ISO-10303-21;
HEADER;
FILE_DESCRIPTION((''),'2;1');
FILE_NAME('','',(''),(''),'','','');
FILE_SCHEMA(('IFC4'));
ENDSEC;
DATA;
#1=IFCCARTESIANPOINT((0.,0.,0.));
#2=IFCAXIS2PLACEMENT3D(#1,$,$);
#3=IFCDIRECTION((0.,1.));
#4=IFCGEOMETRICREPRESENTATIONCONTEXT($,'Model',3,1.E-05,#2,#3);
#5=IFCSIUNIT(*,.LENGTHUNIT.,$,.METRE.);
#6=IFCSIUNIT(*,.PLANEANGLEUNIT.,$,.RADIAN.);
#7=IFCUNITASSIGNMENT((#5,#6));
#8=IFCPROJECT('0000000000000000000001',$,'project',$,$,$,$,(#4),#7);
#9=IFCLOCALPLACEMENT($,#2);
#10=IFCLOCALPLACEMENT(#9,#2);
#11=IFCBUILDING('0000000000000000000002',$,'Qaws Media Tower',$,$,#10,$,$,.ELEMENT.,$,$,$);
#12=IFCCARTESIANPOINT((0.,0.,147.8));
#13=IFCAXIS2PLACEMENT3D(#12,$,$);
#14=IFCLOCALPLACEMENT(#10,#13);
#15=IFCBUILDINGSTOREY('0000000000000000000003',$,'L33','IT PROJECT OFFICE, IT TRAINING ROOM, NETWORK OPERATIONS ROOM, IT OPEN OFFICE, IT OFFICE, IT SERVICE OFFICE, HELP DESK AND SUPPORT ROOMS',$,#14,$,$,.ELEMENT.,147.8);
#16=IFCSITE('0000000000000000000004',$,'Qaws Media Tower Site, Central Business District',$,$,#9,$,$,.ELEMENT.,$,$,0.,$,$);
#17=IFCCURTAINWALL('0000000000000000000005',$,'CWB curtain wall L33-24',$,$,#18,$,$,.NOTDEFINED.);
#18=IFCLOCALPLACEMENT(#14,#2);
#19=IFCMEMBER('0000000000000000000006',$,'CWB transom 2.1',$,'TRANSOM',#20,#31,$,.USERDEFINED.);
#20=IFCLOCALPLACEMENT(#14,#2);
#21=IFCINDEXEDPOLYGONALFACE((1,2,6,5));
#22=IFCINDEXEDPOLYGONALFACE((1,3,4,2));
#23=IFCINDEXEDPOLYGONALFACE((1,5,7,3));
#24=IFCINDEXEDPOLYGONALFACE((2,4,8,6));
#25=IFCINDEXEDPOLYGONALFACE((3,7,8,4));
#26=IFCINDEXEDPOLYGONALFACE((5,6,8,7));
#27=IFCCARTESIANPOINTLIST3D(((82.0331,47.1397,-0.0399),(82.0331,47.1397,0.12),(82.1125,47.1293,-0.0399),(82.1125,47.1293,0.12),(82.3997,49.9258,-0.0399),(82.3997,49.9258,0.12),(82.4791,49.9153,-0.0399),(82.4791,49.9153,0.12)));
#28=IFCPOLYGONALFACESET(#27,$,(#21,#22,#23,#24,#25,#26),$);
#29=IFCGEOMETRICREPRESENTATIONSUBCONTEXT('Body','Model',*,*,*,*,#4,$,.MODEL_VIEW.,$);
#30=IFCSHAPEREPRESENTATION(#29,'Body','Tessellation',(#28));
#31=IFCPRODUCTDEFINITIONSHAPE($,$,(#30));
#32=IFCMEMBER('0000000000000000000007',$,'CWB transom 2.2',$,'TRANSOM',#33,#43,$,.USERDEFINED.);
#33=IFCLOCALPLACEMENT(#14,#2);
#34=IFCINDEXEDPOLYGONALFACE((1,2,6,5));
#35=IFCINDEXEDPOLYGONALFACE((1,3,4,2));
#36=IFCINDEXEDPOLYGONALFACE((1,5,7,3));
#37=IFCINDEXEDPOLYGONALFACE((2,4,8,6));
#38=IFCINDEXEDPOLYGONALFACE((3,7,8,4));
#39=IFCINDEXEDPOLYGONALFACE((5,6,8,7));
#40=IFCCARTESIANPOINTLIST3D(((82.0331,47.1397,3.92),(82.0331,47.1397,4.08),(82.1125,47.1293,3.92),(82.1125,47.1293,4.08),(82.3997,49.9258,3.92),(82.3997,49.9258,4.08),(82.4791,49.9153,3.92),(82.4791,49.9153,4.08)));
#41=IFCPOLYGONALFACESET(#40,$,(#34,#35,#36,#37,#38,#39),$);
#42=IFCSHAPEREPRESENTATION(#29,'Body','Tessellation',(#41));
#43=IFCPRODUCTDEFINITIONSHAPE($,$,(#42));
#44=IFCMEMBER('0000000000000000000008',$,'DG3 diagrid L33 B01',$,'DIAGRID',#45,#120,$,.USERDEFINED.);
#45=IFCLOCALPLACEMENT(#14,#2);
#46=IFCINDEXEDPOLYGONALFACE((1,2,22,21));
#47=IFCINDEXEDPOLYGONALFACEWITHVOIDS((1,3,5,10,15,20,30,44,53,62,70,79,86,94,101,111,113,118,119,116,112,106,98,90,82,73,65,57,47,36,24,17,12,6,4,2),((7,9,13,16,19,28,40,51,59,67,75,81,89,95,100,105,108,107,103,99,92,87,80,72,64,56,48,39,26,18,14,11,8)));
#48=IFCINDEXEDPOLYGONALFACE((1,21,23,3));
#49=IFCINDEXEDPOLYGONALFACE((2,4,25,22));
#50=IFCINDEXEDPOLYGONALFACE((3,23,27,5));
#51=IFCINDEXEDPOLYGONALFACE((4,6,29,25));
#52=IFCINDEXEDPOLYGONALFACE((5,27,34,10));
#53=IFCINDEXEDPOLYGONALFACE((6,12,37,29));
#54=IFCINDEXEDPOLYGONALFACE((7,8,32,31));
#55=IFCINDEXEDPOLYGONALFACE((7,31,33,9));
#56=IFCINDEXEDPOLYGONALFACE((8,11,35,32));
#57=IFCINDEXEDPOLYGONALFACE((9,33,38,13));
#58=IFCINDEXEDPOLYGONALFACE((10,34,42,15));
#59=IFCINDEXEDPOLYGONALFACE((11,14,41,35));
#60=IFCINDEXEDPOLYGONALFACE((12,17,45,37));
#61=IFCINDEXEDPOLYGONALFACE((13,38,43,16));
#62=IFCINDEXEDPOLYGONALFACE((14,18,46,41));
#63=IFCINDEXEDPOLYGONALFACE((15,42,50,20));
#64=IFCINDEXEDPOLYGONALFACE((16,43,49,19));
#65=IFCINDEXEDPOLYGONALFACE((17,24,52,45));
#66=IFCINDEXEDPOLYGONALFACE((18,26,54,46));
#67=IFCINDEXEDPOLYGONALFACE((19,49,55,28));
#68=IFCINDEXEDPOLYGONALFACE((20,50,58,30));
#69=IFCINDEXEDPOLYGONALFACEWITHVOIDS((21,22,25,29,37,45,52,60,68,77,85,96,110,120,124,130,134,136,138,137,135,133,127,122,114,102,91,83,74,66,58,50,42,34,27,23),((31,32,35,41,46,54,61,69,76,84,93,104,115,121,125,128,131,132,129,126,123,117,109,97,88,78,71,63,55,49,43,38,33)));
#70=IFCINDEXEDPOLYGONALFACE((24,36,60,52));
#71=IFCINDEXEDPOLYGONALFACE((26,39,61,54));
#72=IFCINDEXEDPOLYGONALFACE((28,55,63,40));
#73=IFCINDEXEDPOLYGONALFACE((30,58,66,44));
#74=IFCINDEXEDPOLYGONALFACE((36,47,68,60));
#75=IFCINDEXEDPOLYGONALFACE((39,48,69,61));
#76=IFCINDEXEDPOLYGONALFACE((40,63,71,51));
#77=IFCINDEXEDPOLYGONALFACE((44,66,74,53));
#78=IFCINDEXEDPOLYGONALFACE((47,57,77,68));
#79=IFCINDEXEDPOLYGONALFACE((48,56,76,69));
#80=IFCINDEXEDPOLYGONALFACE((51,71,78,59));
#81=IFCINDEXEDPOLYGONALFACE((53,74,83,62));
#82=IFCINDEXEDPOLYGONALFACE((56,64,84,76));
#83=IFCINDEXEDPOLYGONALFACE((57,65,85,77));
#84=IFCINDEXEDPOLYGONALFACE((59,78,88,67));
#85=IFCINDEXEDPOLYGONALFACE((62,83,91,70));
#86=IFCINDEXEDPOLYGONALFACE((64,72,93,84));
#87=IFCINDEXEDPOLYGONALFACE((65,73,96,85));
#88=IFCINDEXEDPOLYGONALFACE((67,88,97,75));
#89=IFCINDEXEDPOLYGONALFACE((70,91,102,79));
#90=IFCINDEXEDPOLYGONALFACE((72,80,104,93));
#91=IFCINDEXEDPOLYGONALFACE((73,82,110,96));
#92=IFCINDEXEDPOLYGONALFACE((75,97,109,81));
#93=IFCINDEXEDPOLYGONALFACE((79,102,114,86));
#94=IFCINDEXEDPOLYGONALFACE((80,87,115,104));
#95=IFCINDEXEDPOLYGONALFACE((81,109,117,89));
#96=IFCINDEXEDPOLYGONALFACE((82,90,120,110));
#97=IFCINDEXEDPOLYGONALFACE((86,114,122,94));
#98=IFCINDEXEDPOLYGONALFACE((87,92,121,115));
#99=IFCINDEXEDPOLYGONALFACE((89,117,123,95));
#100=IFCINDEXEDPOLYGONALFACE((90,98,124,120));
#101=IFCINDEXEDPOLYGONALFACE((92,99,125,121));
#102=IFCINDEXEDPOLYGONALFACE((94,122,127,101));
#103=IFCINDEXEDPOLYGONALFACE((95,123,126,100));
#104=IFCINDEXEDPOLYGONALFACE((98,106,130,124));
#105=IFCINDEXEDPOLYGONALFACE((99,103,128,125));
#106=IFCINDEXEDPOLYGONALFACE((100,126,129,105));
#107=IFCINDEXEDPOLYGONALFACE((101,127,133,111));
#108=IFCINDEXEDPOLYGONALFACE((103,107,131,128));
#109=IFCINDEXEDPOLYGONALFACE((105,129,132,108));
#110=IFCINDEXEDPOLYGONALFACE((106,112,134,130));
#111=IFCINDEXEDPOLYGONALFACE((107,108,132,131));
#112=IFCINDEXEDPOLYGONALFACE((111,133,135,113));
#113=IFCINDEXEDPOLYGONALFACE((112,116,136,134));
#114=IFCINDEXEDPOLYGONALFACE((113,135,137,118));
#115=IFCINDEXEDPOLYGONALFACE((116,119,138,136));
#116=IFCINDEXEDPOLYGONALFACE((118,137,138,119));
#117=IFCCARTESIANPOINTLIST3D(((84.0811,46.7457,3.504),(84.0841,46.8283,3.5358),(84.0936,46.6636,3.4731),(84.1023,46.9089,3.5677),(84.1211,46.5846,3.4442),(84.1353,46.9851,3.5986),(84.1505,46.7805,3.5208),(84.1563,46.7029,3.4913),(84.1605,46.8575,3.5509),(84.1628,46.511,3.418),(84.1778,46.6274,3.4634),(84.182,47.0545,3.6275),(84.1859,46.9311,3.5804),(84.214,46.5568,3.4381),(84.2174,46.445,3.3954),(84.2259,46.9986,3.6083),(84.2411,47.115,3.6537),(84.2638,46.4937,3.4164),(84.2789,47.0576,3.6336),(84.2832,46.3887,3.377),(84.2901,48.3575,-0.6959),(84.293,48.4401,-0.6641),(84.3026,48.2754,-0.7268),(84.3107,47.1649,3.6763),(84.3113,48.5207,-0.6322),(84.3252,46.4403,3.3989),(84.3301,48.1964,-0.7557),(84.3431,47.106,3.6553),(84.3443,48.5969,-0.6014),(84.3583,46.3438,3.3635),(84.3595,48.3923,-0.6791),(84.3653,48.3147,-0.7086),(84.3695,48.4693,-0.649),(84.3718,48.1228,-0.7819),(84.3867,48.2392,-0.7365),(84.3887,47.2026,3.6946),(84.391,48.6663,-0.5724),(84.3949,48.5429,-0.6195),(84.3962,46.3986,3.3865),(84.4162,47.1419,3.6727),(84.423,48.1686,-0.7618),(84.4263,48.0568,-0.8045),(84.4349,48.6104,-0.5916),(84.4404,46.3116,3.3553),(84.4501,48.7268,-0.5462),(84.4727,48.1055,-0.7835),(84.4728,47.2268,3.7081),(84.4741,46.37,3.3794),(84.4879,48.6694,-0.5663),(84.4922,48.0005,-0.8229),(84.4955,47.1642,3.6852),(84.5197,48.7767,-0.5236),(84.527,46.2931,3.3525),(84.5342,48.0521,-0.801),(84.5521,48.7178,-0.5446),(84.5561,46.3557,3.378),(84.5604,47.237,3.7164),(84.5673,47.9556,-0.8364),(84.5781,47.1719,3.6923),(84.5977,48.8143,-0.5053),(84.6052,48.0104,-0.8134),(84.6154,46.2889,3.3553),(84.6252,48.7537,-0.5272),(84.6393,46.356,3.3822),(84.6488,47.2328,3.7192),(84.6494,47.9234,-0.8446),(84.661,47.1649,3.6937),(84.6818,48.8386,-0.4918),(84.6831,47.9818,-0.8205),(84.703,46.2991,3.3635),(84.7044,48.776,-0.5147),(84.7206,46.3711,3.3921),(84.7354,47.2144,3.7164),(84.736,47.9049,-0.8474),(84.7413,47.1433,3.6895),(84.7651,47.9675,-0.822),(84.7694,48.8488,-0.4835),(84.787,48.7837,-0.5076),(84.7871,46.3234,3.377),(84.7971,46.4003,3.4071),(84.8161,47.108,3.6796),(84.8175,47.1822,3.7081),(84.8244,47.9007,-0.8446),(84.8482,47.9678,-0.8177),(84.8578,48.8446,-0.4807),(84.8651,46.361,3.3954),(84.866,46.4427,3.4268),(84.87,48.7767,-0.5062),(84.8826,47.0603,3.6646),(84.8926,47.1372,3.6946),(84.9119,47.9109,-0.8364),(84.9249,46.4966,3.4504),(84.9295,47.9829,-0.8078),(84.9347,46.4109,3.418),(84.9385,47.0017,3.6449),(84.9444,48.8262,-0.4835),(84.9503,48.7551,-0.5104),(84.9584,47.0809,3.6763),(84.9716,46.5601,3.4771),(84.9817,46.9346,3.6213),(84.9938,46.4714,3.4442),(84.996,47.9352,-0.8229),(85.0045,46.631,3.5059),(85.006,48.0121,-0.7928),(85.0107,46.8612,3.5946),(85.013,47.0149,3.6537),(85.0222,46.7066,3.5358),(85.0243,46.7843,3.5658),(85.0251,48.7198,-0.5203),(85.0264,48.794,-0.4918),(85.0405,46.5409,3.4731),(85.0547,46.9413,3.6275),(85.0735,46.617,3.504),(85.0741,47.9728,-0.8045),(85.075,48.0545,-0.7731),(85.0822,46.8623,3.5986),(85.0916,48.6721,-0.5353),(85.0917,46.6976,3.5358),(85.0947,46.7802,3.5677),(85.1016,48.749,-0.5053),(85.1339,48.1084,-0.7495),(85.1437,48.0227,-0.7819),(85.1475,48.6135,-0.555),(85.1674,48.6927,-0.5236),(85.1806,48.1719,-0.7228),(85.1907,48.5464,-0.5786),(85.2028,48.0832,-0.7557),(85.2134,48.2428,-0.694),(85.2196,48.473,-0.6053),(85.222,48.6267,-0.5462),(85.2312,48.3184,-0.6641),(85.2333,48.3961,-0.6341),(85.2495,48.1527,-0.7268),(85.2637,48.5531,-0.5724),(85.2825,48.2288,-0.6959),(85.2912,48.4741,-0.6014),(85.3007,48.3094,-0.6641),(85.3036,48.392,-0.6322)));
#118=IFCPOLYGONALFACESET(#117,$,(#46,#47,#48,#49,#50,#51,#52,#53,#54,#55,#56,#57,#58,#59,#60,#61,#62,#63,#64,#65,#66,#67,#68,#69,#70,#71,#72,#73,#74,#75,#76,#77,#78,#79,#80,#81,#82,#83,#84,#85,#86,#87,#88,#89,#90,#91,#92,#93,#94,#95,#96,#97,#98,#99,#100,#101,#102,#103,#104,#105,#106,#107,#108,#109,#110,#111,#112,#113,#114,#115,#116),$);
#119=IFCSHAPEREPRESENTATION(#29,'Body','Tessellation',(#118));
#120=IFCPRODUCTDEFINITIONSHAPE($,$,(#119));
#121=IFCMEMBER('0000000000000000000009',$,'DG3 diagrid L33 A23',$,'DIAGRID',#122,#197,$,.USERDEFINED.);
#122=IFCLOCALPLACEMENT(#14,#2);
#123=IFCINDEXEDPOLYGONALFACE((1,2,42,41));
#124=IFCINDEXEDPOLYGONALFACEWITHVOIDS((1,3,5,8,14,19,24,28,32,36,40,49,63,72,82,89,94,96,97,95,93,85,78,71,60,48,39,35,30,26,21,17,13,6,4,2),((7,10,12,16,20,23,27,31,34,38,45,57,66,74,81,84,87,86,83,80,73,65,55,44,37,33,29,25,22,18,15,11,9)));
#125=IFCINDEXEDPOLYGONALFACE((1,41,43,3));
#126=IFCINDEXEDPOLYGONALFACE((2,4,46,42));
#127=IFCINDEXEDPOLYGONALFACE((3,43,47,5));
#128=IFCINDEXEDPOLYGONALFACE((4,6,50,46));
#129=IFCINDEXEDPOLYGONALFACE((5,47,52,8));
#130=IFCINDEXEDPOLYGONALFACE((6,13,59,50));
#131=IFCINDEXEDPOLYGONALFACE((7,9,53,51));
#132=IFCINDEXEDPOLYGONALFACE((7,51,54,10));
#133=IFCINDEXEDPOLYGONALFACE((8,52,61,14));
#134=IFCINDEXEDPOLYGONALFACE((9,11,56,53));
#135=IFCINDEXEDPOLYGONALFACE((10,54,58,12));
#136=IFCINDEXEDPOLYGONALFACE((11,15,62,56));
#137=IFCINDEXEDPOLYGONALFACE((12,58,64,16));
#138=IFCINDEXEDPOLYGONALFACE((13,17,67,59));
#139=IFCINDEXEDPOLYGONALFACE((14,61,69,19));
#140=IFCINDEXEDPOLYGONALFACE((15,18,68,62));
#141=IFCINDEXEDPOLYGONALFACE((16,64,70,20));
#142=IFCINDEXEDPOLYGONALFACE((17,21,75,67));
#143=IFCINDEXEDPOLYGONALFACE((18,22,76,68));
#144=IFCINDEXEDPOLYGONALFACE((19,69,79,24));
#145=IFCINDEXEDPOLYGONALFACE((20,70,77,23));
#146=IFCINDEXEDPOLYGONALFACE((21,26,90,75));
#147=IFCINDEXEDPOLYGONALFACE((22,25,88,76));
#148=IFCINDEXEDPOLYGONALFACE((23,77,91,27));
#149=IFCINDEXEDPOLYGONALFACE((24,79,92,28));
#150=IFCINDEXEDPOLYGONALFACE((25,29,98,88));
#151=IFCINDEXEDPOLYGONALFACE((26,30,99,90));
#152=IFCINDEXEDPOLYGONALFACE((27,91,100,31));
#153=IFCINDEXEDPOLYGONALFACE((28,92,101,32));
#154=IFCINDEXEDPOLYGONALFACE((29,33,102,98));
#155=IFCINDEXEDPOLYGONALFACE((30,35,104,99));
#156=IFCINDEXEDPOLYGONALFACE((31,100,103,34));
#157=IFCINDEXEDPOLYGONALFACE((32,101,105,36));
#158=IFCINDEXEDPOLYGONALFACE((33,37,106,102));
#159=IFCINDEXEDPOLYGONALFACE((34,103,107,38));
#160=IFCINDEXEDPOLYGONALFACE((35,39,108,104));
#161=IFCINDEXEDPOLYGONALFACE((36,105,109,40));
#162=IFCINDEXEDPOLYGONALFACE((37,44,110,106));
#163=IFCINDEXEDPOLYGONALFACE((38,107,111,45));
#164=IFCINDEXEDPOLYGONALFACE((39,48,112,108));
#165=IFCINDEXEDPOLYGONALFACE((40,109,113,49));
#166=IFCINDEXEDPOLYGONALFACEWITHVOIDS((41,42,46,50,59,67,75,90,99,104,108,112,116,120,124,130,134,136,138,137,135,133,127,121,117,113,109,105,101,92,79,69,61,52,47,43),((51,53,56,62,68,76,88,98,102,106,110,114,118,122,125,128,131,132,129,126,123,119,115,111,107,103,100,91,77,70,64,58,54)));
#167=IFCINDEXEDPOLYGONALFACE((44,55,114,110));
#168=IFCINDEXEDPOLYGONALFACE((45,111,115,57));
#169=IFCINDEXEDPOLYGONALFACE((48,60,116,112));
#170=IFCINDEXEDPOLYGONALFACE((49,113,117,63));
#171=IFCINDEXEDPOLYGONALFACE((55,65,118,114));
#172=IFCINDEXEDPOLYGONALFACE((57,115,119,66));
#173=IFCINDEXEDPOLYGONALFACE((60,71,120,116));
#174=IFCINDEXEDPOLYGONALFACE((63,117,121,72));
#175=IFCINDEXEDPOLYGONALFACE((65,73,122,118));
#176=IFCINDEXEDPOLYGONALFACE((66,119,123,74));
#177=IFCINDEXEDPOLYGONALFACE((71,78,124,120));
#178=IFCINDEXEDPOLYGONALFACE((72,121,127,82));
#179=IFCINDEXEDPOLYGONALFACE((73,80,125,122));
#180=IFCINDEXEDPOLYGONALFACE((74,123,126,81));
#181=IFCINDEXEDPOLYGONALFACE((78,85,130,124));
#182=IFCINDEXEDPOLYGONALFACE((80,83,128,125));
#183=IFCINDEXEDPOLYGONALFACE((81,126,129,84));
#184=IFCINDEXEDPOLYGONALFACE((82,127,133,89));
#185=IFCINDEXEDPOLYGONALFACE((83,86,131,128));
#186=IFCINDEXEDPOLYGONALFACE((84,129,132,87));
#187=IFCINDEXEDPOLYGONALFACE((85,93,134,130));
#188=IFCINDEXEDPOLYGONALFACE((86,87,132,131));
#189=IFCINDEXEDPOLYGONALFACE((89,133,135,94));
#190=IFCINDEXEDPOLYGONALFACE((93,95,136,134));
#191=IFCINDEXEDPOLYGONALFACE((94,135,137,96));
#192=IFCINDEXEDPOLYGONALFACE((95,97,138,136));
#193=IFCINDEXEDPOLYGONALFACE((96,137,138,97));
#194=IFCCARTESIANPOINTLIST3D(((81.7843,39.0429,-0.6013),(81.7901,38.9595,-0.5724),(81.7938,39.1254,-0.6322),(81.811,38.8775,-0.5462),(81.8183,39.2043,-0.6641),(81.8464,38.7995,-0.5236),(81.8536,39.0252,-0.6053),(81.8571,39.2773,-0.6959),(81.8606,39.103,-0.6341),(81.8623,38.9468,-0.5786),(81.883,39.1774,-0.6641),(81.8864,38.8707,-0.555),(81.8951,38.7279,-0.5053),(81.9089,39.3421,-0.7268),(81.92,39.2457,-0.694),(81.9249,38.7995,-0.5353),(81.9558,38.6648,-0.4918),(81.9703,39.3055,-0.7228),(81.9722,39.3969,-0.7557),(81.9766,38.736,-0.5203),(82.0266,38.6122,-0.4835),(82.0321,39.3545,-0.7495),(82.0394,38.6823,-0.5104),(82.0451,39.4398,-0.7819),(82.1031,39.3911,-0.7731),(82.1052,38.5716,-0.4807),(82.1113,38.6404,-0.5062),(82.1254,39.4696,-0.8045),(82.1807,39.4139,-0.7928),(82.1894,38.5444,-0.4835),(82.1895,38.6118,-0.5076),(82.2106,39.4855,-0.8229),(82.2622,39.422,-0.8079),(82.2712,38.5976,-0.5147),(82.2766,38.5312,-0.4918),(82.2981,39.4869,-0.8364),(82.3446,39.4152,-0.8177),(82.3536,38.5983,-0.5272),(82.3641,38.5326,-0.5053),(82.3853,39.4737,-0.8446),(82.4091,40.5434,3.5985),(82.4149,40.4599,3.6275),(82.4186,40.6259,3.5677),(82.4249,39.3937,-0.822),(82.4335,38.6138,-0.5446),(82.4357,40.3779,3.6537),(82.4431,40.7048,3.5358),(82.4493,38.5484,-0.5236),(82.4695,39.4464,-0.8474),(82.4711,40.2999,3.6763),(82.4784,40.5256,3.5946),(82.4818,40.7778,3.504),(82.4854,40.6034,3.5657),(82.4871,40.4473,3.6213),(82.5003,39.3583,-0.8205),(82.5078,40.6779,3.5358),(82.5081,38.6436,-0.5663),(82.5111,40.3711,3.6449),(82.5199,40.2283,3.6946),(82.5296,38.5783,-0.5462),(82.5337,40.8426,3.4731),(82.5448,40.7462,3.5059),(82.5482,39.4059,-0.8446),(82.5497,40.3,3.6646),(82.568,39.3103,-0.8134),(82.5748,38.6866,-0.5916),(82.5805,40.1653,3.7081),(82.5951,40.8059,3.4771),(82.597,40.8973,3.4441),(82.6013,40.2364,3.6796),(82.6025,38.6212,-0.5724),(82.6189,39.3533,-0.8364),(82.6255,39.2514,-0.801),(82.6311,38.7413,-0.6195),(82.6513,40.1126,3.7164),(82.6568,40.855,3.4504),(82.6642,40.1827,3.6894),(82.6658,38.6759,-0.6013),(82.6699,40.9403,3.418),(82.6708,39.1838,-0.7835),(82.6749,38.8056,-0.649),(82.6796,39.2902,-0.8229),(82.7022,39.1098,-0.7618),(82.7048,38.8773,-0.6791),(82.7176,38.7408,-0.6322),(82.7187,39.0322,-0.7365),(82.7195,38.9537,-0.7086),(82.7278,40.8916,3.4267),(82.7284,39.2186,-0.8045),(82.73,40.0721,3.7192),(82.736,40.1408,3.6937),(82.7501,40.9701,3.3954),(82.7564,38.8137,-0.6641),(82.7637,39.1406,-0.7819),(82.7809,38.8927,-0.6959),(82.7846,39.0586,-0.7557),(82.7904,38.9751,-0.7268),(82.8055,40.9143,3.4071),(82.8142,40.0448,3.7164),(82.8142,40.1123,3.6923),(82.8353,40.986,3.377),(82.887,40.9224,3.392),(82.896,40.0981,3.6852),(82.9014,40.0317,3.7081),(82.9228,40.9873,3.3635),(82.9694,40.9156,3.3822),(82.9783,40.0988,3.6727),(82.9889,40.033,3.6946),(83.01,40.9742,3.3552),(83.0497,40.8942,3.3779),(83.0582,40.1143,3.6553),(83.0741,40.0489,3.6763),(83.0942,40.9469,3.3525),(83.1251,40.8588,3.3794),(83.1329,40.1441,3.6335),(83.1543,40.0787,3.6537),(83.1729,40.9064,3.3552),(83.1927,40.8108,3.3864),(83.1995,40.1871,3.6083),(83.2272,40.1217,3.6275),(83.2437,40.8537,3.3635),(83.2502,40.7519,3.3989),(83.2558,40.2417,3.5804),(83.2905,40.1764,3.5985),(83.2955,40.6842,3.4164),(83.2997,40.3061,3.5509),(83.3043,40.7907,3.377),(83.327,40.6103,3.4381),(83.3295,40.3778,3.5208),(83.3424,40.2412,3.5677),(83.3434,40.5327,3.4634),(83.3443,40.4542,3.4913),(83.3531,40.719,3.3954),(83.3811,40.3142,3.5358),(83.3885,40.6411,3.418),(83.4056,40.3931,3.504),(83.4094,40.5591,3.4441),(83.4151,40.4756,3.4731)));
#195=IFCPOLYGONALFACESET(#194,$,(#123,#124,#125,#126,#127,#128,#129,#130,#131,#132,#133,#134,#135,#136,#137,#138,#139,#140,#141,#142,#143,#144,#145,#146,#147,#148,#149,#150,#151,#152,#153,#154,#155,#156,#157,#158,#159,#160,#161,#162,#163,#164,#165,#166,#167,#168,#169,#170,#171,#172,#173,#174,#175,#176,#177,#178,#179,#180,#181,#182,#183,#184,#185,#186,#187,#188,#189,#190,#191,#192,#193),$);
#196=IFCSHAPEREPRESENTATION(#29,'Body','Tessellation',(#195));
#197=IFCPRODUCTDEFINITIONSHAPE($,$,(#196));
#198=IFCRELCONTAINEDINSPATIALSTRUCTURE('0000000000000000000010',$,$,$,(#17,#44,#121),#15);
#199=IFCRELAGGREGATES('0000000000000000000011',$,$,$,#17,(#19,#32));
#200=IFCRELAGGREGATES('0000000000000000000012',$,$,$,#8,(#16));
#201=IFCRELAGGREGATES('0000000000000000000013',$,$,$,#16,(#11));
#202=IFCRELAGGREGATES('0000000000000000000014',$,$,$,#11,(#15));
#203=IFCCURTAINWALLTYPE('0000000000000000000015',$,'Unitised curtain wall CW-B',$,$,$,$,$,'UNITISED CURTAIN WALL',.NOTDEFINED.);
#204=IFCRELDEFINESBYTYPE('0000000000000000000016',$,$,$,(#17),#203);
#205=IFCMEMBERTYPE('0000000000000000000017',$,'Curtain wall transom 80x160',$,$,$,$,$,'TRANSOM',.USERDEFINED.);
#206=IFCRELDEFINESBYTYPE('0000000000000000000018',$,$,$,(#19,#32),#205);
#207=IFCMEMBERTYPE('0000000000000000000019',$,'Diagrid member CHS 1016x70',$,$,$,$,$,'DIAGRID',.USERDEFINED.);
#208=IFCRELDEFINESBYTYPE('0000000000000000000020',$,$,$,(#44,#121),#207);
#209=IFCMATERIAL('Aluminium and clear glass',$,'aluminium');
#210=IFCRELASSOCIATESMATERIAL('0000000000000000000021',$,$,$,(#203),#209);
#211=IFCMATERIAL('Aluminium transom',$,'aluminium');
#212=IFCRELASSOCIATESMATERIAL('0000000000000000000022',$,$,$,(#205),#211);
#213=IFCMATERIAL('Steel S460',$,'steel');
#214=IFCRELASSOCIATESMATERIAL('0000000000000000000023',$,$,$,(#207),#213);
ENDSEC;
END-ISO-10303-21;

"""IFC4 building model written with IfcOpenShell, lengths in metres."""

from ifc_helpers import new_model, si_unit, direction, frame, origin, origin_2d, place, context, subcontext, project, spatial, rectangle, hollow_circle, extrude, material, material_profile, profile_set, type_object, element, aggregate, save


model = new_model("IFC4")

# Units and contexts
model_context = context("Model", 3, precision=1e-05, world=origin(), true_north=direction((0.0, 1.0)))
body_context = subcontext(model_context, "Body", "Model", "MODEL_VIEW")
ifc_project = project(units=[si_unit("LENGTHUNIT", "METRE"), si_unit("PLANEANGLEUNIT", "RADIAN")], contexts=[model_context])

# Site, building, storey
site_placement = place(None, origin())
site = spatial("IfcSite", under=ifc_project, at=site_placement, Name="Qaws Media Tower Site, Central Business District", CompositionType="ELEMENT", RefElevation=0.0)
building_placement = place(site_placement, origin())
building = spatial("IfcBuilding", under=site, at=building_placement, Name="Qaws Media Tower", CompositionType="ELEMENT")
storey_placement = place(building_placement, frame((0.0, 0.0, 147.8)))
storey = spatial("IfcBuildingStorey", under=building, at=storey_placement, Name="L33", Description="IT PROJECT OFFICE, IT TRAINING ROOM, NETWORK OPERATIONS ROOM, IT OPEN OFFICE, IT OFFICE, IT SERVICE OFFICE, HELP DESK AND SUPPORT ROOMS", CompositionType="ELEMENT", Elevation=147.8)

# Curtain wall
ifc_material_1 = material(Name="Aluminium and clear glass", Category="aluminium")
curtain_wall_type = type_object("IfcCurtainWallType", Name="Unitised curtain wall CW-B", ElementType="UNITISED CURTAIN WALL", PredefinedType="NOTDEFINED", material=ifc_material_1)
curtain_wall_1_placement = place(storey_placement, origin())
curtain_wall_1 = element("IfcCurtainWall", 1, at=curtain_wall_1_placement, inside=storey, type_object=curtain_wall_type, Name="CWB curtain wall L33-24", PredefinedType="NOTDEFINED")

# Members
ifc_material_2 = material(Name="Aluminium transom", Category="aluminium")
ifc_material_profile_1 = material_profile(ifc_material_2, rectangle(XDim=0.0801, YDim=0.1599, at=origin_2d()), Name="80x160")
ifc_profile_set_1 = profile_set([ifc_material_profile_1], Name="Aluminium transom")
member_type_1 = type_object("IfcMemberType", Name="Curtain wall transom 80x160", ElementType="TRANSOM", PredefinedType="USERDEFINED", material=ifc_profile_set_1)
member_1_placement = place(storey_placement, frame((82.0728, 47.1345, 0.04), z_axis=(0.13049, 0.99145, 0.0), x_axis=(-0.99145, 0.13049, 0.0)))
member_1 = element("IfcMember", 2, at=member_1_placement, type_object=member_type_1, Name="CWB transom 2.1", ObjectType="TRANSOM", PredefinedType="USERDEFINED", context=body_context, shape_type="SweptSolid", body=[
    extrude(rectangle(XDim=0.0801, YDim=0.1599, at=origin_2d()), origin(), (0.0, 0.0, 1.0), 2.8101),
])
member_2_placement = place(storey_placement, frame((82.0728, 47.1345, 4.0), z_axis=(0.13049, 0.99145, 0.0), x_axis=(-0.99145, 0.13049, 0.0)))
member_2 = element("IfcMember", 3, at=member_2_placement, type_object=member_type_1, Name="CWB transom 2.2", ObjectType="TRANSOM", PredefinedType="USERDEFINED", context=body_context, shape_type="SweptSolid", body=[
    extrude(rectangle(XDim=0.0801, YDim=0.1599, at=origin_2d()), origin(), (0.0, 0.0, 1.0), 2.8101),
])

# Members
ifc_material_3 = material(Name="Steel S460", Category="steel")
ifc_material_profile_2 = material_profile(ifc_material_3, hollow_circle(Radius=0.5081, WallThickness=0.0701, at=origin_2d()), Name="CHS 1016x70")
ifc_profile_set_2 = profile_set([ifc_material_profile_2], Name="Steel S460")
member_type_2 = type_object("IfcMemberType", Name="Diagrid member CHS 1016x70", ElementType="DIAGRID", PredefinedType="USERDEFINED", material=ifc_profile_set_2)
for number, where, z_axis, x_axis, name in (
    (4, (84.7969, 48.3748, -0.6641), (-0.046405, -0.357906, 0.932604), (0.991699, -0.128581, 0.0), "DG3 diagrid L33 B01"),
    (5, (82.2874, 39.009, -0.6641), (0.138727, 0.333184, 0.9326), (-0.923175, 0.384381, 0.0), "DG3 diagrid L33 A23"),
):
    element("IfcMember", number, at=place(storey_placement, frame(where, z_axis=z_axis, x_axis=x_axis)), inside=storey, type_object=member_type_2, Name=name, ObjectType="DIAGRID", PredefinedType="USERDEFINED", context=body_context, shape_type="SweptSolid", body=[
        extrude(hollow_circle(Radius=0.5081, WallThickness=0.0701, at=origin_2d()), origin(), (0.0, 0.0, 1.0), 4.5034),
    ])

aggregate(curtain_wall_1, [member_1, member_2])

save(model, "model.ifc")
